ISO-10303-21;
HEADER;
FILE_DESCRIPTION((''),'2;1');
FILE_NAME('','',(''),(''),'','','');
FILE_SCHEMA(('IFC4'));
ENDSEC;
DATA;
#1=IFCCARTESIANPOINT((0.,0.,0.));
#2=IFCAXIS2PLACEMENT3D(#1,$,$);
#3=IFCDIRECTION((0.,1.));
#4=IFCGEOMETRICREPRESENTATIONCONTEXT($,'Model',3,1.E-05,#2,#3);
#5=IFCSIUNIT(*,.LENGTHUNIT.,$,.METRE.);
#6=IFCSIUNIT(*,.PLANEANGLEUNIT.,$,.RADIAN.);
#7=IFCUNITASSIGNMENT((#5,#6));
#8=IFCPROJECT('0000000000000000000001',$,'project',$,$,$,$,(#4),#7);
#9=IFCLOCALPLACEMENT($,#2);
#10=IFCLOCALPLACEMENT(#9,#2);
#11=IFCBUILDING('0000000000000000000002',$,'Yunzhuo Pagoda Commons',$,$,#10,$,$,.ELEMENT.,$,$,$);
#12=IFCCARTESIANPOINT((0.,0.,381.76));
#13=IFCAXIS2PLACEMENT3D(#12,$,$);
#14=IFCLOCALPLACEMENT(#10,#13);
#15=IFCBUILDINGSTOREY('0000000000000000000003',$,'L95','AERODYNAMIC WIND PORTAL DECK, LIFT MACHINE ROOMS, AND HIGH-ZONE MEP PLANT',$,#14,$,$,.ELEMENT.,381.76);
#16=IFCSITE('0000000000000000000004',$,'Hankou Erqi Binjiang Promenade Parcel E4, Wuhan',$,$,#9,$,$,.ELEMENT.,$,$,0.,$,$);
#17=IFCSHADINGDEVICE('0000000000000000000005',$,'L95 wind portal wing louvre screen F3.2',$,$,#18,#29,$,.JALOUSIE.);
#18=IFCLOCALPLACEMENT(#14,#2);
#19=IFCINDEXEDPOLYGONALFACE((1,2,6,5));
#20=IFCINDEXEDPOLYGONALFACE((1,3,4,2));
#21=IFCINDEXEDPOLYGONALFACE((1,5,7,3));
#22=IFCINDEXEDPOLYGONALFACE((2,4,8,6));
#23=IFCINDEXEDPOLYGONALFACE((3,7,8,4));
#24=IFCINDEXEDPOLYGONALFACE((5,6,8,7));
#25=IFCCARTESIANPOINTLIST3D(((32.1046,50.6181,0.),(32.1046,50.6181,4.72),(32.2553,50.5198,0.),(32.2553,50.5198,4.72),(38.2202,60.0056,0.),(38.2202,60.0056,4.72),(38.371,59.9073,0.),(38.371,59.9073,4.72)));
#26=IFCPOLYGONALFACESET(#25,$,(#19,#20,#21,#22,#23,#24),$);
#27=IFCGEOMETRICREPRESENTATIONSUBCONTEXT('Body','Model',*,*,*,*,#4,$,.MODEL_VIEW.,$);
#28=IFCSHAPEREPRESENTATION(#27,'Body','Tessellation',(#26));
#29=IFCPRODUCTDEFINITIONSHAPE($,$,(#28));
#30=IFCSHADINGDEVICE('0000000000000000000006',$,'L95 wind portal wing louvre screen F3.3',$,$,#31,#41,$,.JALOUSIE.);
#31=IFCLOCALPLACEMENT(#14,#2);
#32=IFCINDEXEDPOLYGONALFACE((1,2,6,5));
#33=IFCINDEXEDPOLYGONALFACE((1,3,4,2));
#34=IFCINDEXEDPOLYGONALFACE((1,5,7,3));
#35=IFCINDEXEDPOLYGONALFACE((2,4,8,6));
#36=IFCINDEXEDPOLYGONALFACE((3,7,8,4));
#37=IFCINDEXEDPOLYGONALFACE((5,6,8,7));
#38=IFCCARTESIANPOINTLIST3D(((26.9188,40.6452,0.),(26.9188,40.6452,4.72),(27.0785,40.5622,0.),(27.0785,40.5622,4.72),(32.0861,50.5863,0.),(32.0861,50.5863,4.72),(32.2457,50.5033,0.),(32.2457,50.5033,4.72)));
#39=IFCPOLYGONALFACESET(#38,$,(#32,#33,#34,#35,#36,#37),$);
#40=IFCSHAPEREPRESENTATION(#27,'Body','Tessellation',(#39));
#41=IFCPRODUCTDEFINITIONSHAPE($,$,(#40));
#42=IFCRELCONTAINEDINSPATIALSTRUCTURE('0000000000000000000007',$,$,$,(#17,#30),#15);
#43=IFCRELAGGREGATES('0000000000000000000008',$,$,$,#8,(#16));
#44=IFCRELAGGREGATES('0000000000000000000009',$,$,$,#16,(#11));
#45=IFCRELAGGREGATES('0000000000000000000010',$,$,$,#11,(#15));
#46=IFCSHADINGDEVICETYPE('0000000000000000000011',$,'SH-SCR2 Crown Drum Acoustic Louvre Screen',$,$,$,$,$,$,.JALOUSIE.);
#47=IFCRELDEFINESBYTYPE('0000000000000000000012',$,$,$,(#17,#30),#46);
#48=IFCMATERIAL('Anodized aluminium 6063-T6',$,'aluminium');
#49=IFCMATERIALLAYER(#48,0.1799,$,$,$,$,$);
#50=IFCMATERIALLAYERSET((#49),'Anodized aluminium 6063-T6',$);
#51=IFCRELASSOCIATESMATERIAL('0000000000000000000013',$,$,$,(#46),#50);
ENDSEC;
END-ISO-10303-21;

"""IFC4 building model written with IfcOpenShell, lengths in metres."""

from ifc_helpers import new_model, si_unit, direction, frame, origin, origin_2d, place, context, subcontext, project, spatial, rectangle, extrude, source, transform, mapped, material, layer, layer_set, type_object, element, save


model = new_model("IFC4")

# Units and contexts
model_context = context("Model", 3, precision=1e-05, world=origin(), true_north=direction((0.0, 1.0)))
body_context = subcontext(model_context, "Body", "Model", "MODEL_VIEW")
ifc_project = project(units=[si_unit("LENGTHUNIT", "METRE"), si_unit("PLANEANGLEUNIT", "RADIAN")], contexts=[model_context])

# Site, building, storey
site_placement = place(None, origin())
site = spatial("IfcSite", under=ifc_project, at=site_placement, Name="Hankou Erqi Binjiang Promenade Parcel E4, Wuhan", CompositionType="ELEMENT", RefElevation=0.0)
building_placement = place(site_placement, origin())
building = spatial("IfcBuilding", under=site, at=building_placement, Name="Yunzhuo Pagoda Commons", CompositionType="ELEMENT")
storey_placement = place(building_placement, frame((0.0, 0.0, 381.76)))
storey = spatial("IfcBuildingStorey", under=building, at=storey_placement, Name="L95", Description="AERODYNAMIC WIND PORTAL DECK, LIFT MACHINE ROOMS, AND HIGH-ZONE MEP PLANT", CompositionType="ELEMENT", Elevation=381.76)

# Shading devices
ifc_material_1 = material(Name="Anodized aluminium 6063-T6", Category="aluminium")
ifc_layer_1 = layer(ifc_material_1, 0.1799)
ifc_layer_set_1 = layer_set([ifc_layer_1], Name="Anodized aluminium 6063-T6")
shading_device_type = type_object("IfcShadingDeviceType", Name="SH-SCR2 Crown Drum Acoustic Louvre Screen", PredefinedType="JALOUSIE", material=ifc_layer_set_1)
shared_shape_1 = source(origin(), body_context, "Body", "SweptSolid", [
    extrude(rectangle(XDim=11.2039, YDim=0.1799, at=origin_2d()), origin(), (0.0, 0.0, 1.0), 4.72),
])
for number, where, z_axis, x_axis, name in (
    (1, (35.2378, 55.2627, 0.0), (0.0, 0.0, 1.0), (-0.545853, -0.837881, 0.0), "L95 wind portal wing louvre screen F3.2"),
    (2, (29.5823, 45.5742, 0.0), (0.0, 0.0, 1.0), (-0.461207, -0.887293, 0.0), "L95 wind portal wing louvre screen F3.3"),
):
    element("IfcShadingDevice", number, at=place(storey_placement, frame(where, z_axis=z_axis, x_axis=x_axis)), inside=storey, type_object=shading_device_type, Name=name, PredefinedType="JALOUSIE", context=body_context, shape_type="MappedRepresentation", body=[
        mapped(shared_shape_1, transform((0.0, 0.0, 0.0), scale=1.0)),
    ])

save(model, "model.ifc")
